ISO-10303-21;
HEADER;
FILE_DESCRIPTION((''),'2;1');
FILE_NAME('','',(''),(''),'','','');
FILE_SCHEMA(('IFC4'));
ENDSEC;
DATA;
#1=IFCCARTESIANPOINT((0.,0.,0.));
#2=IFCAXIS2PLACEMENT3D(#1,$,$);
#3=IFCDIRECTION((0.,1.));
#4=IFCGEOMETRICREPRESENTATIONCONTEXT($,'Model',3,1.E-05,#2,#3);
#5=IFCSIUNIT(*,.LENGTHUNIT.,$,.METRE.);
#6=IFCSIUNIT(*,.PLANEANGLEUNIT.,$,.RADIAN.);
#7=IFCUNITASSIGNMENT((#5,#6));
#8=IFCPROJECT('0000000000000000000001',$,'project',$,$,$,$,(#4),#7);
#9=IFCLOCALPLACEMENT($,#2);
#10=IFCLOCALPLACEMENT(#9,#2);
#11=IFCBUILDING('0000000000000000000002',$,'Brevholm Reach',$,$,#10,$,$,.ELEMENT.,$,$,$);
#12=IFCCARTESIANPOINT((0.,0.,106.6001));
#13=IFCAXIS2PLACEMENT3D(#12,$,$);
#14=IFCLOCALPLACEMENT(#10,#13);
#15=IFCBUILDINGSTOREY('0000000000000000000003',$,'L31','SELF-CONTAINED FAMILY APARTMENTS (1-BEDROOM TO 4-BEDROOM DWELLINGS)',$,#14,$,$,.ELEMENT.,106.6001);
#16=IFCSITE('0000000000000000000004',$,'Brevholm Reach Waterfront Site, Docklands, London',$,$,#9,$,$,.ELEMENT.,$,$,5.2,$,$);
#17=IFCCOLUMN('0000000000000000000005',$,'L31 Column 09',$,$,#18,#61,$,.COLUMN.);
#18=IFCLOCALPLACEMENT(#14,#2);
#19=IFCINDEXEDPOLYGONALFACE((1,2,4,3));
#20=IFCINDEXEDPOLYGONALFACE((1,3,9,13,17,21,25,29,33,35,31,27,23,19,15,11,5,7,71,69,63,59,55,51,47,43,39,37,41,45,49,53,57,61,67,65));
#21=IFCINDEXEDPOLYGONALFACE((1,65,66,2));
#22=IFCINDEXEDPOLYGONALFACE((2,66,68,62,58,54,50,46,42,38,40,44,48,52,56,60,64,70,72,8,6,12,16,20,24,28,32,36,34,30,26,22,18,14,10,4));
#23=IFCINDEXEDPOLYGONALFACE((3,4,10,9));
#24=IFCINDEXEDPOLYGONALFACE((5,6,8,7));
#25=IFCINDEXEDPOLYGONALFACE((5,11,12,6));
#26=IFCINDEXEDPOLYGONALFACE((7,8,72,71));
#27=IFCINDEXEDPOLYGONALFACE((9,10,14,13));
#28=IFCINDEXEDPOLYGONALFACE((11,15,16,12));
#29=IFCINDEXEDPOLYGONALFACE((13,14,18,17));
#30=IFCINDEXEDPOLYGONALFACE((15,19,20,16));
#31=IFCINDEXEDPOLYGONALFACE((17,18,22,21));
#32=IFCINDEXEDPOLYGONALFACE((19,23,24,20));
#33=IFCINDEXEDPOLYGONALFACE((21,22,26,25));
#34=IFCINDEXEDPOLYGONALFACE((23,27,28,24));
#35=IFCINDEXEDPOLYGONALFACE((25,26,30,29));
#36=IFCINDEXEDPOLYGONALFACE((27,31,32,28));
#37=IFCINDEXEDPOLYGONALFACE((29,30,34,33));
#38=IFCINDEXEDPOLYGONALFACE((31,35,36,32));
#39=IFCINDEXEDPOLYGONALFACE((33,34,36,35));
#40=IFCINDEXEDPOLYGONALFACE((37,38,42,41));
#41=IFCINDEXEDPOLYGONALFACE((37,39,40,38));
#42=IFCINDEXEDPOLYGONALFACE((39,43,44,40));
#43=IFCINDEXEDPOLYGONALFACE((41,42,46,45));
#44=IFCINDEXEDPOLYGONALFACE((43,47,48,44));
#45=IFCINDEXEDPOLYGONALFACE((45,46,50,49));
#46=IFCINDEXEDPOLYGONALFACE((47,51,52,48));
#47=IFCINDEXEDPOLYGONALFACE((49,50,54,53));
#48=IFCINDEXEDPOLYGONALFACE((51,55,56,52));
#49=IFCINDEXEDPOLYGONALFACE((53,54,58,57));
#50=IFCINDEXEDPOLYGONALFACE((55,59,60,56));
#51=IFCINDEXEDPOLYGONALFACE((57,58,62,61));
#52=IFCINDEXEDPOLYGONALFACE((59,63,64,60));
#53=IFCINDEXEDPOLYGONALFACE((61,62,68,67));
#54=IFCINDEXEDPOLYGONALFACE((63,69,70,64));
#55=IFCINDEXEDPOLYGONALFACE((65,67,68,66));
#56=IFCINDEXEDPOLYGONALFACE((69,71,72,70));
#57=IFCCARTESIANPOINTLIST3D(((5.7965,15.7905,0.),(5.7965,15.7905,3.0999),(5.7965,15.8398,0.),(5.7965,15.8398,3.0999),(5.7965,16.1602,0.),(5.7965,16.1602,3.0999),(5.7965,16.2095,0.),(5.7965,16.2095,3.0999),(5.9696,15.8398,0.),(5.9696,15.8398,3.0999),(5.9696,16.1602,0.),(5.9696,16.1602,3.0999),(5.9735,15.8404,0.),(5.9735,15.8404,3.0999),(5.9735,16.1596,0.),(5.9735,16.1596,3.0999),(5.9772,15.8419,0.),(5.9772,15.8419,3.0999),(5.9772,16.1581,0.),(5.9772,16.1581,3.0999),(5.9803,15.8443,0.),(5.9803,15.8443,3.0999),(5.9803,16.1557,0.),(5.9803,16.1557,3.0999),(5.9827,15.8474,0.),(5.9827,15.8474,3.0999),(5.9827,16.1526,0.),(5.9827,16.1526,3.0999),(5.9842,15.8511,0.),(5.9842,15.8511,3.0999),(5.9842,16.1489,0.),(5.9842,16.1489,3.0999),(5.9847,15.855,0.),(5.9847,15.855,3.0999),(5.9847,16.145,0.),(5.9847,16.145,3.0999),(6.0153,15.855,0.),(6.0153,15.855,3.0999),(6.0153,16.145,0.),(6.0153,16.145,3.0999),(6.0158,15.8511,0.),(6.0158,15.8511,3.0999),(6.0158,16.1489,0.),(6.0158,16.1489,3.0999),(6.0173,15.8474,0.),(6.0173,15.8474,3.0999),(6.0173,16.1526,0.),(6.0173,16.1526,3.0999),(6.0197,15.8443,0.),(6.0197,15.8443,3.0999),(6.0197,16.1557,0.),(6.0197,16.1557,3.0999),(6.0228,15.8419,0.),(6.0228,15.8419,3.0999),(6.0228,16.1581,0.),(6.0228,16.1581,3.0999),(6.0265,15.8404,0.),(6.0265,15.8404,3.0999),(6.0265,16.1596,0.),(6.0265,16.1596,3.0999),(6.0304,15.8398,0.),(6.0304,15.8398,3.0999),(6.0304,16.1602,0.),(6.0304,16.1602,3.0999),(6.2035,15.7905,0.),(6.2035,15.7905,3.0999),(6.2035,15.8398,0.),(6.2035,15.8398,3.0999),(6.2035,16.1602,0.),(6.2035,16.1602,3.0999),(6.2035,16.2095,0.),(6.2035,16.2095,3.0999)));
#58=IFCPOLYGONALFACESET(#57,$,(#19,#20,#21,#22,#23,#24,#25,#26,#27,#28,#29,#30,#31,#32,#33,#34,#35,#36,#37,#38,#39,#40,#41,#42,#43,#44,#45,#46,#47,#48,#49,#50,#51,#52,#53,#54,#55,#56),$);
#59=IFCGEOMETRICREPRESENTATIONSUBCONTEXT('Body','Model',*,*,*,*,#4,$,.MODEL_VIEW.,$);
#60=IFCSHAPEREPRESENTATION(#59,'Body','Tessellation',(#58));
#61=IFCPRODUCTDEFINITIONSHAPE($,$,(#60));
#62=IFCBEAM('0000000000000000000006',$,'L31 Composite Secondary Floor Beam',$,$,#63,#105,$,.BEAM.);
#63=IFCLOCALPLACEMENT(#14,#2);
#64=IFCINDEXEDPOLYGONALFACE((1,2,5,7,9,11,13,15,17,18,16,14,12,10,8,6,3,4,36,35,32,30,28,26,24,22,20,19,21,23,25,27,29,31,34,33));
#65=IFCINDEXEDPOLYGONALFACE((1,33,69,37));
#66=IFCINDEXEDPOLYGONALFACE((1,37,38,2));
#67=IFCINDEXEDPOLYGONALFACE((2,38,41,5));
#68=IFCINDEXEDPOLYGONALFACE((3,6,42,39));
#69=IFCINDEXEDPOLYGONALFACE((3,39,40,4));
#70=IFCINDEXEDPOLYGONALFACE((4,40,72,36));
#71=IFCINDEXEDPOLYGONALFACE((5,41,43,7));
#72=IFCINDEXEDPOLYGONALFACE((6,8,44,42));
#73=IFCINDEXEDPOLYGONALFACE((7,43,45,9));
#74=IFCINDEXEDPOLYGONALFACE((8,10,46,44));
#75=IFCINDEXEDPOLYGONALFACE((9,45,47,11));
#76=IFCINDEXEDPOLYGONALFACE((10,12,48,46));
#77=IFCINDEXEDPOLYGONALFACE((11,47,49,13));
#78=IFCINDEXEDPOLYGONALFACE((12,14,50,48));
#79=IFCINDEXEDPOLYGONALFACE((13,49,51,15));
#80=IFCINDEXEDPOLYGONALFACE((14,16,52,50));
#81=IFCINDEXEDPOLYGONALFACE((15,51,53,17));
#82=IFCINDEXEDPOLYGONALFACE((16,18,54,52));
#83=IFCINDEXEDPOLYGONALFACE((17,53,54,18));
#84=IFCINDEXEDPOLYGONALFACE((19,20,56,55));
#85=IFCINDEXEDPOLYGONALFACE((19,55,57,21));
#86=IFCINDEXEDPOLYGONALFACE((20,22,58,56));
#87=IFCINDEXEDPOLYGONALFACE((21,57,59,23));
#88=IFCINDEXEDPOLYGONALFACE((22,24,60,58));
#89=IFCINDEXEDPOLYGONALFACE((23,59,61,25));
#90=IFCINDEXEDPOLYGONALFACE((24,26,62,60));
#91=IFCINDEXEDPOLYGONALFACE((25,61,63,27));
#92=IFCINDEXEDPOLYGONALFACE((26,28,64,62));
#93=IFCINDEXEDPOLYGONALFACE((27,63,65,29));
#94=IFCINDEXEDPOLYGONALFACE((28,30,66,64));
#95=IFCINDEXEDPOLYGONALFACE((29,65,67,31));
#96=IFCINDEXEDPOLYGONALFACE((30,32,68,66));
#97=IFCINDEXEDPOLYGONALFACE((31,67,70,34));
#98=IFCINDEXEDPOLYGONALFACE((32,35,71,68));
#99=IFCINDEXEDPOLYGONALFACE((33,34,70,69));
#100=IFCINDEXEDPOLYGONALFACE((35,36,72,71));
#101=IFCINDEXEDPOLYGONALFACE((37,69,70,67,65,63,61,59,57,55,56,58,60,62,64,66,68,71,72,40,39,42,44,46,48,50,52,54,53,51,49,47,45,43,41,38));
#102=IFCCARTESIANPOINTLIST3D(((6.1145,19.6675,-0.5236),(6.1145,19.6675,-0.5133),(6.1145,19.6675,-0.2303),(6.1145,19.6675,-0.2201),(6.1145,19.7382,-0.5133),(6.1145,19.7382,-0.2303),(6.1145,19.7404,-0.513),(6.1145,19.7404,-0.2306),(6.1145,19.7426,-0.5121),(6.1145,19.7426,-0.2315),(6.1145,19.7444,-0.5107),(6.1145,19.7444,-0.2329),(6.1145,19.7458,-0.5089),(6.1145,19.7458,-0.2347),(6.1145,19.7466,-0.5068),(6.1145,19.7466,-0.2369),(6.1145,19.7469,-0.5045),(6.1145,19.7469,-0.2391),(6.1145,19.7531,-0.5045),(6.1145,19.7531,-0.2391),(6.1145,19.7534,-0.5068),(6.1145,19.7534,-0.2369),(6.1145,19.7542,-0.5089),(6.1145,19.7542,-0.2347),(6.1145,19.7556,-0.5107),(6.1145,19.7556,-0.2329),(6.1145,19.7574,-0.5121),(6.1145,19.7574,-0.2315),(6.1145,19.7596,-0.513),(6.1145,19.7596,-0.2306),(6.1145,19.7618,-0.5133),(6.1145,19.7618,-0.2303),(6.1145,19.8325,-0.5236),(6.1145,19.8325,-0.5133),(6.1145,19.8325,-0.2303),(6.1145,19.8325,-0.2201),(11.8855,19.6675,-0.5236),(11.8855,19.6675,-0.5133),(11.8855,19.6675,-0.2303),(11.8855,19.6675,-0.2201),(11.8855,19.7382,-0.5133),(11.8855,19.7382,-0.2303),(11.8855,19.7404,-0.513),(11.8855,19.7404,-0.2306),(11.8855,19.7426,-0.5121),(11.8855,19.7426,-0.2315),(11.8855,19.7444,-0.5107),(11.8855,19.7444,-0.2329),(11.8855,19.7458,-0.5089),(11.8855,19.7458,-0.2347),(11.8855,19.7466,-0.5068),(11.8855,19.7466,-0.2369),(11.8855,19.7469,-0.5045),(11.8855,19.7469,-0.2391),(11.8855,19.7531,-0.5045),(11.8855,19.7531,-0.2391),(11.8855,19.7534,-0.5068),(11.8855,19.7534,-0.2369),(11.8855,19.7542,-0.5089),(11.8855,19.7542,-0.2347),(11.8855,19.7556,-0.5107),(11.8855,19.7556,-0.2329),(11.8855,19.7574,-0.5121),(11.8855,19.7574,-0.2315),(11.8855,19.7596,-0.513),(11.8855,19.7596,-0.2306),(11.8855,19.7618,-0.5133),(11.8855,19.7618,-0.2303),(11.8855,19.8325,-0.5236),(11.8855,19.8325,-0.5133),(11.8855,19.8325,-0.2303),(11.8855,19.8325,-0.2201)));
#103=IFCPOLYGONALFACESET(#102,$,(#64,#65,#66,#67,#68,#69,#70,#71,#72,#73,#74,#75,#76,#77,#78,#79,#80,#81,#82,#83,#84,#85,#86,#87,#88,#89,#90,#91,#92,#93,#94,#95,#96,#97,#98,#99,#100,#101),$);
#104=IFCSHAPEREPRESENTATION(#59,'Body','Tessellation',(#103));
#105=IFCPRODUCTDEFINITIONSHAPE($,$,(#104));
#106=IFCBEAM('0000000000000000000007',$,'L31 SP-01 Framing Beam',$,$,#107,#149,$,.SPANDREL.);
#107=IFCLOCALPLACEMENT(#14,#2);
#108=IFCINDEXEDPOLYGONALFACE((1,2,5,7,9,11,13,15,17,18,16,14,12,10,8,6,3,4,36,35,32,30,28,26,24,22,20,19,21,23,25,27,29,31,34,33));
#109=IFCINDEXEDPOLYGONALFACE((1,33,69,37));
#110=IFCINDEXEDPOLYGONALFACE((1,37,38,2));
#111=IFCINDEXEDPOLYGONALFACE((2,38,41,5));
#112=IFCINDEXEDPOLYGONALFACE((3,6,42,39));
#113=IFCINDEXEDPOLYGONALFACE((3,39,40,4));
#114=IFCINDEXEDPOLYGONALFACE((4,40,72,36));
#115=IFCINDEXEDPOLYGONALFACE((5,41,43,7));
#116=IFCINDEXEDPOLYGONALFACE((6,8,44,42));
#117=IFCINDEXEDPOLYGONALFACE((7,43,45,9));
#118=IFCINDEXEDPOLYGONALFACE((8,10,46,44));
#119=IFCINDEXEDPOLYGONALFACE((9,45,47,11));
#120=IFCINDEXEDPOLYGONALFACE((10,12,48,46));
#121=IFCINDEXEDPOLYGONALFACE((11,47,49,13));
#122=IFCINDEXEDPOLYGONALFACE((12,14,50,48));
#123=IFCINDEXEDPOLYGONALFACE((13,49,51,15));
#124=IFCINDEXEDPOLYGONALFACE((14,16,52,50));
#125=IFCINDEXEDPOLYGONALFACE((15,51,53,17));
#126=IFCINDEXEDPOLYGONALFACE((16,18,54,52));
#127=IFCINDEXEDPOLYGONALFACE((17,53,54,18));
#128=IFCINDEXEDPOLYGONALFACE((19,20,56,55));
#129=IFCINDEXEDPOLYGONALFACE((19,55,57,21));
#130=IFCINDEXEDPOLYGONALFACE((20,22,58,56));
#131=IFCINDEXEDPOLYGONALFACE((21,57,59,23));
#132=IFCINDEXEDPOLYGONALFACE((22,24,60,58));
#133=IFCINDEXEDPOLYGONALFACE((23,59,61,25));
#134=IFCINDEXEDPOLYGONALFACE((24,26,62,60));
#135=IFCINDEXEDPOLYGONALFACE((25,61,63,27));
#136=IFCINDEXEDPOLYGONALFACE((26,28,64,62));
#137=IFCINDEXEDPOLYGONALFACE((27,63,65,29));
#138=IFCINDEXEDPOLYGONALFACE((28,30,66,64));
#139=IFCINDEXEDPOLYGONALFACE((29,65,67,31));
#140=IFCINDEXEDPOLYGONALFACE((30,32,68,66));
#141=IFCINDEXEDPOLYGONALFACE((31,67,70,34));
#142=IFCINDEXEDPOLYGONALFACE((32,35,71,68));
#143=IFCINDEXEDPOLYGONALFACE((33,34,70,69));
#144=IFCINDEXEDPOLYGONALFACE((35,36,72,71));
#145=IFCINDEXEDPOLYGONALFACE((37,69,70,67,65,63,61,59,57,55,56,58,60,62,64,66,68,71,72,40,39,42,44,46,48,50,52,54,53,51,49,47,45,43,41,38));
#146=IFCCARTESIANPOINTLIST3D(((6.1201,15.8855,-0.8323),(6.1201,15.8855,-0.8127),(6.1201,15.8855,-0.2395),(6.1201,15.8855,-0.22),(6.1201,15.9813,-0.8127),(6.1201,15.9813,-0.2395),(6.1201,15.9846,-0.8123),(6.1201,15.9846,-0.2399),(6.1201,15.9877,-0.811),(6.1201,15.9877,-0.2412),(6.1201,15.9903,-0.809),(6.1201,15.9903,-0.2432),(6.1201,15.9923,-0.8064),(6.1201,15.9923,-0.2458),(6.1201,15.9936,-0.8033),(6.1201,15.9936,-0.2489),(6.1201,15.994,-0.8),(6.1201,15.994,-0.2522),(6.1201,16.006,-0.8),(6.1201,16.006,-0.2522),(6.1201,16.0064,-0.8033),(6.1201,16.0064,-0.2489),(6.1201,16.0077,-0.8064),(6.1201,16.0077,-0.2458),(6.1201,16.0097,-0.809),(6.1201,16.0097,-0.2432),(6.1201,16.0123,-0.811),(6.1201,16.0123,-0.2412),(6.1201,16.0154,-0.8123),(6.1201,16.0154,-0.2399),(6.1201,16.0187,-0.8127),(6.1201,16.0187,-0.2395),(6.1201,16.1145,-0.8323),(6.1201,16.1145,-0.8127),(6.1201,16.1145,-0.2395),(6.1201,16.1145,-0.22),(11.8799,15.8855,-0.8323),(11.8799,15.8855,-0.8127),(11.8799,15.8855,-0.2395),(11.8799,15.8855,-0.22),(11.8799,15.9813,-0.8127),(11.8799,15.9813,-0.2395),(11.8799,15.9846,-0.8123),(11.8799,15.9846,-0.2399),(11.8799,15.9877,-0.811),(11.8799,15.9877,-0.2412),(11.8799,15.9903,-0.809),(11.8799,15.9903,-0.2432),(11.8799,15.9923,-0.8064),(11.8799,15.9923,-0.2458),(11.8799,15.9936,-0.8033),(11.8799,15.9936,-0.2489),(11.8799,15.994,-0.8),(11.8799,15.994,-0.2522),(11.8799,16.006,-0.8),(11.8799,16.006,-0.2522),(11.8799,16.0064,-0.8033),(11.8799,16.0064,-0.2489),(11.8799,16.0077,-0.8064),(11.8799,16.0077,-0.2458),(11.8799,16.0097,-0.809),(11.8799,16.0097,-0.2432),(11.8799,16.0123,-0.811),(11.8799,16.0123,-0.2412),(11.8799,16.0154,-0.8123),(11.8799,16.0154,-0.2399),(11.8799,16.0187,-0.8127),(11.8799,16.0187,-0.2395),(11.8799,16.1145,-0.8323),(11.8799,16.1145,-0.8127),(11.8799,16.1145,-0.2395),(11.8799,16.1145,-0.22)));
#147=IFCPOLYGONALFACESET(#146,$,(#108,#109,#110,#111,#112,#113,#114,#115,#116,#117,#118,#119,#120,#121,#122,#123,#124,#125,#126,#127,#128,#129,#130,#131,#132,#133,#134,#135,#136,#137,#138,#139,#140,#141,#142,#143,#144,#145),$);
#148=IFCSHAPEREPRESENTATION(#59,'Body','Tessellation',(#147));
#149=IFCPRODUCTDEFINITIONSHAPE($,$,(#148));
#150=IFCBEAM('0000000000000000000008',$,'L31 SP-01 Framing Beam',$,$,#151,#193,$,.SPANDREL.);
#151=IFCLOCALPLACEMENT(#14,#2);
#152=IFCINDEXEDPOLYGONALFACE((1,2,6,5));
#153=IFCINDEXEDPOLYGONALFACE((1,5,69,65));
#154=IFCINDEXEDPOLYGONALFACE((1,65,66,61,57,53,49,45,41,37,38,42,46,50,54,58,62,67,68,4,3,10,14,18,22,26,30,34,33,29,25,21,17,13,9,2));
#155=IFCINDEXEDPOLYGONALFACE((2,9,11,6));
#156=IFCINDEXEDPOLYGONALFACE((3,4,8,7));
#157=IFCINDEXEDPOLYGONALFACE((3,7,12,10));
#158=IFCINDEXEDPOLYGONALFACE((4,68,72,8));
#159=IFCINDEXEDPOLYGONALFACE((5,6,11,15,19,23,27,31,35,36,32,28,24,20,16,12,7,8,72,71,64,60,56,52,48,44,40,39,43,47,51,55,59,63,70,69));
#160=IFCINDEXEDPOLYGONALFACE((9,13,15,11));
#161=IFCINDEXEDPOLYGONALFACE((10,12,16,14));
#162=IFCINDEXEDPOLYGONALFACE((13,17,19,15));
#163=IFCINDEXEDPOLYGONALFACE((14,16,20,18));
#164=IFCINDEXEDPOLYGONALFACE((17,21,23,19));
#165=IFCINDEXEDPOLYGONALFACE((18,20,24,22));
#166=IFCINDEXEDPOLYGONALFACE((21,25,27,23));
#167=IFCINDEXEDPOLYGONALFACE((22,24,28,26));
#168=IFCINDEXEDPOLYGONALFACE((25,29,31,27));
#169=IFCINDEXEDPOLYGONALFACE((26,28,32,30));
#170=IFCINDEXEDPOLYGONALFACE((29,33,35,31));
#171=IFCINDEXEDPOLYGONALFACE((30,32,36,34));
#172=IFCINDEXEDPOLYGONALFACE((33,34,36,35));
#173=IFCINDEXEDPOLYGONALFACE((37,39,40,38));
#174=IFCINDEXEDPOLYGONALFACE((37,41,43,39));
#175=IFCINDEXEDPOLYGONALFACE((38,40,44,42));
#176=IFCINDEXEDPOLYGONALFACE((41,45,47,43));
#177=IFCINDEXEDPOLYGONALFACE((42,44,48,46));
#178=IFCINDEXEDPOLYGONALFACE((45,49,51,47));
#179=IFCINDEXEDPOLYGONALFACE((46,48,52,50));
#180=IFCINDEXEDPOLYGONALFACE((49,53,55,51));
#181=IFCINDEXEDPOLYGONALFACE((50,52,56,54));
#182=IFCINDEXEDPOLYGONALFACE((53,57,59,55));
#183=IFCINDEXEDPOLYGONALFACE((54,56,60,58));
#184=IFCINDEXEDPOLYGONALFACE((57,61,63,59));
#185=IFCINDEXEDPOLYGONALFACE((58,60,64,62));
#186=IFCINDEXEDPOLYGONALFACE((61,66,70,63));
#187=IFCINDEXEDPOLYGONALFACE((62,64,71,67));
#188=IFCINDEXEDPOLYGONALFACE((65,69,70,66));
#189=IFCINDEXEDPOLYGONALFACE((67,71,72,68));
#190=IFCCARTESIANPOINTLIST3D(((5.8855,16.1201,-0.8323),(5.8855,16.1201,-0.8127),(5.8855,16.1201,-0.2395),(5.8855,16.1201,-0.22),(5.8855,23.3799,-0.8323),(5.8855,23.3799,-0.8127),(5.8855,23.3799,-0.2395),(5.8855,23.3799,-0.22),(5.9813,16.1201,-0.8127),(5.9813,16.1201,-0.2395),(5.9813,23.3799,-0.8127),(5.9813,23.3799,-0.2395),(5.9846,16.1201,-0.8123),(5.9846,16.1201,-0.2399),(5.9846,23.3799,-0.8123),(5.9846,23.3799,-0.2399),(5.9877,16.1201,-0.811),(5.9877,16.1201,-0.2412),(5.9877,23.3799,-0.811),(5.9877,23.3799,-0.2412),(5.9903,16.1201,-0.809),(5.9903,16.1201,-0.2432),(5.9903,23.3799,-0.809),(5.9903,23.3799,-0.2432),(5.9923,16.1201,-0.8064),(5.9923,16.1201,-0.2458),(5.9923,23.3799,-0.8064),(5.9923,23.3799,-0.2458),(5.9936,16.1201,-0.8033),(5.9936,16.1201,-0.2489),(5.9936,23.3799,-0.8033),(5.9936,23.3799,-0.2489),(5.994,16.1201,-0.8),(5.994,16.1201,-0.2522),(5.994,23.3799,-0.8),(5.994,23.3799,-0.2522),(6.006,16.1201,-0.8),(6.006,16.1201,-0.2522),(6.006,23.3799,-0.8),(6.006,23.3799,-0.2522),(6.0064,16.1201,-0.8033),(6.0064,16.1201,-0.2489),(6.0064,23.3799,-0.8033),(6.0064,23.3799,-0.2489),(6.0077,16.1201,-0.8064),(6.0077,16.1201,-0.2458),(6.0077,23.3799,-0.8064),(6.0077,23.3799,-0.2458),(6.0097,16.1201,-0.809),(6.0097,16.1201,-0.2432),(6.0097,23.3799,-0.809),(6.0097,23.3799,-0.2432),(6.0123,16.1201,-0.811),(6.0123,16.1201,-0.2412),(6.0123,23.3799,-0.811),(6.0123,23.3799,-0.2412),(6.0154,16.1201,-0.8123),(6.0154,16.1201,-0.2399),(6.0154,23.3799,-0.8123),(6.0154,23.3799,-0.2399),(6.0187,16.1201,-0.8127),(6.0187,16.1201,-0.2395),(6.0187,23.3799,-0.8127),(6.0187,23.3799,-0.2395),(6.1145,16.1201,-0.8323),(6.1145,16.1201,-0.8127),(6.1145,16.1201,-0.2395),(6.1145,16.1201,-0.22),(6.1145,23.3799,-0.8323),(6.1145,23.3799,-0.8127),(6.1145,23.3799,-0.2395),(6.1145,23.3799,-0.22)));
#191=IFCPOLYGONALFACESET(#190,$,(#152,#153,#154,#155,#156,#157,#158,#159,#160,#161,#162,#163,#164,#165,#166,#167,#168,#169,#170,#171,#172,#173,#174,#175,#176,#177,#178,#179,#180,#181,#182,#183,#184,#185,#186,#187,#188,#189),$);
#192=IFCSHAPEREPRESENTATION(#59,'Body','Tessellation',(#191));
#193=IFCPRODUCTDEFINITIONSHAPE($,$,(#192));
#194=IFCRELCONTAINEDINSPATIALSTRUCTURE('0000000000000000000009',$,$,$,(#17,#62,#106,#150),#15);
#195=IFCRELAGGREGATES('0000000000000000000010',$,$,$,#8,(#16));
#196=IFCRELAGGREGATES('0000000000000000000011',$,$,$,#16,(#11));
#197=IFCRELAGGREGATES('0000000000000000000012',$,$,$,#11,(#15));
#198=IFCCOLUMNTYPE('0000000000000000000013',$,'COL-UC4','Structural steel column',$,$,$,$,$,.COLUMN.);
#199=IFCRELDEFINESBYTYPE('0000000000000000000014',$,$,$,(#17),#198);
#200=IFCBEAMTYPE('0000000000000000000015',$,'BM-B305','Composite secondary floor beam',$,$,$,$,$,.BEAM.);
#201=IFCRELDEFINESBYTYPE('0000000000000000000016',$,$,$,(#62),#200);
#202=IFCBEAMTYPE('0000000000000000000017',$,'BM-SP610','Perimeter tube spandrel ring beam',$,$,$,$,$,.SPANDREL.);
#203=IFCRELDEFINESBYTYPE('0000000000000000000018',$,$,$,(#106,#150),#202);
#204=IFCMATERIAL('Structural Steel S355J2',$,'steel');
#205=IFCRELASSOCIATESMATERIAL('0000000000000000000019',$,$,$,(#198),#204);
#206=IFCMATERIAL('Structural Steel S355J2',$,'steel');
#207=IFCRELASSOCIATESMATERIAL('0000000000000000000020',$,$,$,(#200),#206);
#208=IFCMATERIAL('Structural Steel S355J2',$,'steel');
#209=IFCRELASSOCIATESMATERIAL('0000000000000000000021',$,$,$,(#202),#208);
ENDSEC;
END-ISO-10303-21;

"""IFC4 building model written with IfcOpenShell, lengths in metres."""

from ifc_helpers import new_model, si_unit, direction, frame, origin, origin_2d, place, context, subcontext, project, spatial, i_section, extrude, material, material_profile, profile_set, type_object, element, save


model = new_model("IFC4")

# Units and contexts
model_context = context("Model", 3, precision=1e-05, world=origin(), true_north=direction((0.0, 1.0)))
body_context = subcontext(model_context, "Body", "Model", "MODEL_VIEW")
ifc_project = project(units=[si_unit("LENGTHUNIT", "METRE"), si_unit("PLANEANGLEUNIT", "RADIAN")], contexts=[model_context])

# Site, building, storey
site_placement = place(None, origin())
site = spatial("IfcSite", under=ifc_project, at=site_placement, Name="Brevholm Reach Waterfront Site, Docklands, London", CompositionType="ELEMENT", RefElevation=5.2)
building_placement = place(site_placement, origin())
building = spatial("IfcBuilding", under=site, at=building_placement, Name="Brevholm Reach", CompositionType="ELEMENT")
storey_placement = place(building_placement, frame((0.0, 0.0, 106.6001)))
storey = spatial("IfcBuildingStorey", under=building, at=storey_placement, Name="L31", Description="SELF-CONTAINED FAMILY APARTMENTS (1-BEDROOM TO 4-BEDROOM DWELLINGS)", CompositionType="ELEMENT", Elevation=106.6001)

# Column
ifc_material_1 = material(Name="Structural Steel S355J2", Category="steel")
ifc_material_profile_1 = material_profile(ifc_material_1, i_section(OverallWidth=0.407, OverallDepth=0.4189, WebThickness=0.0305, FlangeThickness=0.0493, FilletRadius=0.0151, at=origin_2d()), Name="UKC 356x406x393")
ifc_profile_set_1 = profile_set([ifc_material_profile_1], Name="Structural Steel S355J2")
column_type = type_object("IfcColumnType", Name="COL-UC4", Description="Structural steel column", PredefinedType="COLUMN", material=ifc_profile_set_1)
column_placement = place(storey_placement, frame((6.0, 16.0, 0.0), z_axis=(0.0, 0.0, 1.0), x_axis=(1.0, 0.0, 0.0)))
element("IfcColumn", 1, at=column_placement, inside=storey, type_object=column_type, Name="L31 Column 09", PredefinedType="COLUMN", context=body_context, shape_type="SweptSolid", body=[
    extrude(i_section(OverallWidth=0.407, OverallDepth=0.4189, WebThickness=0.0305, FlangeThickness=0.0493, FilletRadius=0.0151, at=origin_2d()), origin(), (0.0, 0.0, 1.0), 3.0999),
])

# Beams
ifc_material_2 = material(Name="Structural Steel S355J2", Category="steel")
ifc_material_profile_2 = material_profile(ifc_material_2, i_section(OverallWidth=0.165, OverallDepth=0.3035, WebThickness=0.0061, FlangeThickness=0.0103, FilletRadius=0.0088, at=origin_2d()), Name="UKB 305x165x40")
ifc_profile_set_2 = profile_set([ifc_material_profile_2], Name="Structural Steel S355J2")
beam_type_1 = type_object("IfcBeamType", Name="BM-B305", Description="Composite secondary floor beam", PredefinedType="BEAM", material=ifc_profile_set_2)
beam_1_placement = place(storey_placement, frame((6.1145, 19.75, -0.3718), z_axis=(1.0, 0.0, 0.0), x_axis=(0.0, 1.0, 0.0)))
element("IfcBeam", 2, at=beam_1_placement, inside=storey, type_object=beam_type_1, Name="L31 Composite Secondary Floor Beam", PredefinedType="BEAM", context=body_context, shape_type="SweptSolid", body=[
    extrude(i_section(OverallWidth=0.165, OverallDepth=0.3035, WebThickness=0.0061, FlangeThickness=0.0103, FilletRadius=0.0088, at=origin_2d()), origin(), (0.0, 0.0, 1.0), 5.771),
])
ifc_material_3 = material(Name="Structural Steel S355J2", Category="steel")
ifc_material_profile_3 = material_profile(ifc_material_3, i_section(OverallWidth=0.229, OverallDepth=0.6123, WebThickness=0.012, FlangeThickness=0.0195, FilletRadius=0.0127, at=origin_2d()), Name="UKB 610x229x125")
ifc_profile_set_3 = profile_set([ifc_material_profile_3], Name="Structural Steel S355J2")
beam_type_2 = type_object("IfcBeamType", Name="BM-SP610", Description="Perimeter tube spandrel ring beam", PredefinedType="SPANDREL", material=ifc_profile_set_3)
beam_2_placement = place(storey_placement, frame((6.1201, 16.0, -0.5261), z_axis=(1.0, 0.0, 0.0), x_axis=(0.0, 1.0, 0.0)))
element("IfcBeam", 3, at=beam_2_placement, inside=storey, type_object=beam_type_2, Name="L31 SP-01 Framing Beam", PredefinedType="SPANDREL", context=body_context, shape_type="SweptSolid", body=[
    extrude(i_section(OverallWidth=0.229, OverallDepth=0.6123, WebThickness=0.012, FlangeThickness=0.0195, FilletRadius=0.0127, at=origin_2d()), origin(), (0.0, 0.0, 1.0), 5.7598),
])
beam_3_placement = place(storey_placement, frame((6.0, 16.1201, -0.5261), z_axis=(0.0, 1.0, 0.0), x_axis=(-1.0, 0.0, 0.0)))
element("IfcBeam", 4, at=beam_3_placement, inside=storey, type_object=beam_type_2, Name="L31 SP-01 Framing Beam", PredefinedType="SPANDREL", context=body_context, shape_type="SweptSolid", body=[
    extrude(i_section(OverallWidth=0.229, OverallDepth=0.6123, WebThickness=0.012, FlangeThickness=0.0195, FilletRadius=0.0127, at=origin_2d()), origin(), (0.0, 0.0, 1.0), 7.2598),
])

save(model, "model.ifc")
